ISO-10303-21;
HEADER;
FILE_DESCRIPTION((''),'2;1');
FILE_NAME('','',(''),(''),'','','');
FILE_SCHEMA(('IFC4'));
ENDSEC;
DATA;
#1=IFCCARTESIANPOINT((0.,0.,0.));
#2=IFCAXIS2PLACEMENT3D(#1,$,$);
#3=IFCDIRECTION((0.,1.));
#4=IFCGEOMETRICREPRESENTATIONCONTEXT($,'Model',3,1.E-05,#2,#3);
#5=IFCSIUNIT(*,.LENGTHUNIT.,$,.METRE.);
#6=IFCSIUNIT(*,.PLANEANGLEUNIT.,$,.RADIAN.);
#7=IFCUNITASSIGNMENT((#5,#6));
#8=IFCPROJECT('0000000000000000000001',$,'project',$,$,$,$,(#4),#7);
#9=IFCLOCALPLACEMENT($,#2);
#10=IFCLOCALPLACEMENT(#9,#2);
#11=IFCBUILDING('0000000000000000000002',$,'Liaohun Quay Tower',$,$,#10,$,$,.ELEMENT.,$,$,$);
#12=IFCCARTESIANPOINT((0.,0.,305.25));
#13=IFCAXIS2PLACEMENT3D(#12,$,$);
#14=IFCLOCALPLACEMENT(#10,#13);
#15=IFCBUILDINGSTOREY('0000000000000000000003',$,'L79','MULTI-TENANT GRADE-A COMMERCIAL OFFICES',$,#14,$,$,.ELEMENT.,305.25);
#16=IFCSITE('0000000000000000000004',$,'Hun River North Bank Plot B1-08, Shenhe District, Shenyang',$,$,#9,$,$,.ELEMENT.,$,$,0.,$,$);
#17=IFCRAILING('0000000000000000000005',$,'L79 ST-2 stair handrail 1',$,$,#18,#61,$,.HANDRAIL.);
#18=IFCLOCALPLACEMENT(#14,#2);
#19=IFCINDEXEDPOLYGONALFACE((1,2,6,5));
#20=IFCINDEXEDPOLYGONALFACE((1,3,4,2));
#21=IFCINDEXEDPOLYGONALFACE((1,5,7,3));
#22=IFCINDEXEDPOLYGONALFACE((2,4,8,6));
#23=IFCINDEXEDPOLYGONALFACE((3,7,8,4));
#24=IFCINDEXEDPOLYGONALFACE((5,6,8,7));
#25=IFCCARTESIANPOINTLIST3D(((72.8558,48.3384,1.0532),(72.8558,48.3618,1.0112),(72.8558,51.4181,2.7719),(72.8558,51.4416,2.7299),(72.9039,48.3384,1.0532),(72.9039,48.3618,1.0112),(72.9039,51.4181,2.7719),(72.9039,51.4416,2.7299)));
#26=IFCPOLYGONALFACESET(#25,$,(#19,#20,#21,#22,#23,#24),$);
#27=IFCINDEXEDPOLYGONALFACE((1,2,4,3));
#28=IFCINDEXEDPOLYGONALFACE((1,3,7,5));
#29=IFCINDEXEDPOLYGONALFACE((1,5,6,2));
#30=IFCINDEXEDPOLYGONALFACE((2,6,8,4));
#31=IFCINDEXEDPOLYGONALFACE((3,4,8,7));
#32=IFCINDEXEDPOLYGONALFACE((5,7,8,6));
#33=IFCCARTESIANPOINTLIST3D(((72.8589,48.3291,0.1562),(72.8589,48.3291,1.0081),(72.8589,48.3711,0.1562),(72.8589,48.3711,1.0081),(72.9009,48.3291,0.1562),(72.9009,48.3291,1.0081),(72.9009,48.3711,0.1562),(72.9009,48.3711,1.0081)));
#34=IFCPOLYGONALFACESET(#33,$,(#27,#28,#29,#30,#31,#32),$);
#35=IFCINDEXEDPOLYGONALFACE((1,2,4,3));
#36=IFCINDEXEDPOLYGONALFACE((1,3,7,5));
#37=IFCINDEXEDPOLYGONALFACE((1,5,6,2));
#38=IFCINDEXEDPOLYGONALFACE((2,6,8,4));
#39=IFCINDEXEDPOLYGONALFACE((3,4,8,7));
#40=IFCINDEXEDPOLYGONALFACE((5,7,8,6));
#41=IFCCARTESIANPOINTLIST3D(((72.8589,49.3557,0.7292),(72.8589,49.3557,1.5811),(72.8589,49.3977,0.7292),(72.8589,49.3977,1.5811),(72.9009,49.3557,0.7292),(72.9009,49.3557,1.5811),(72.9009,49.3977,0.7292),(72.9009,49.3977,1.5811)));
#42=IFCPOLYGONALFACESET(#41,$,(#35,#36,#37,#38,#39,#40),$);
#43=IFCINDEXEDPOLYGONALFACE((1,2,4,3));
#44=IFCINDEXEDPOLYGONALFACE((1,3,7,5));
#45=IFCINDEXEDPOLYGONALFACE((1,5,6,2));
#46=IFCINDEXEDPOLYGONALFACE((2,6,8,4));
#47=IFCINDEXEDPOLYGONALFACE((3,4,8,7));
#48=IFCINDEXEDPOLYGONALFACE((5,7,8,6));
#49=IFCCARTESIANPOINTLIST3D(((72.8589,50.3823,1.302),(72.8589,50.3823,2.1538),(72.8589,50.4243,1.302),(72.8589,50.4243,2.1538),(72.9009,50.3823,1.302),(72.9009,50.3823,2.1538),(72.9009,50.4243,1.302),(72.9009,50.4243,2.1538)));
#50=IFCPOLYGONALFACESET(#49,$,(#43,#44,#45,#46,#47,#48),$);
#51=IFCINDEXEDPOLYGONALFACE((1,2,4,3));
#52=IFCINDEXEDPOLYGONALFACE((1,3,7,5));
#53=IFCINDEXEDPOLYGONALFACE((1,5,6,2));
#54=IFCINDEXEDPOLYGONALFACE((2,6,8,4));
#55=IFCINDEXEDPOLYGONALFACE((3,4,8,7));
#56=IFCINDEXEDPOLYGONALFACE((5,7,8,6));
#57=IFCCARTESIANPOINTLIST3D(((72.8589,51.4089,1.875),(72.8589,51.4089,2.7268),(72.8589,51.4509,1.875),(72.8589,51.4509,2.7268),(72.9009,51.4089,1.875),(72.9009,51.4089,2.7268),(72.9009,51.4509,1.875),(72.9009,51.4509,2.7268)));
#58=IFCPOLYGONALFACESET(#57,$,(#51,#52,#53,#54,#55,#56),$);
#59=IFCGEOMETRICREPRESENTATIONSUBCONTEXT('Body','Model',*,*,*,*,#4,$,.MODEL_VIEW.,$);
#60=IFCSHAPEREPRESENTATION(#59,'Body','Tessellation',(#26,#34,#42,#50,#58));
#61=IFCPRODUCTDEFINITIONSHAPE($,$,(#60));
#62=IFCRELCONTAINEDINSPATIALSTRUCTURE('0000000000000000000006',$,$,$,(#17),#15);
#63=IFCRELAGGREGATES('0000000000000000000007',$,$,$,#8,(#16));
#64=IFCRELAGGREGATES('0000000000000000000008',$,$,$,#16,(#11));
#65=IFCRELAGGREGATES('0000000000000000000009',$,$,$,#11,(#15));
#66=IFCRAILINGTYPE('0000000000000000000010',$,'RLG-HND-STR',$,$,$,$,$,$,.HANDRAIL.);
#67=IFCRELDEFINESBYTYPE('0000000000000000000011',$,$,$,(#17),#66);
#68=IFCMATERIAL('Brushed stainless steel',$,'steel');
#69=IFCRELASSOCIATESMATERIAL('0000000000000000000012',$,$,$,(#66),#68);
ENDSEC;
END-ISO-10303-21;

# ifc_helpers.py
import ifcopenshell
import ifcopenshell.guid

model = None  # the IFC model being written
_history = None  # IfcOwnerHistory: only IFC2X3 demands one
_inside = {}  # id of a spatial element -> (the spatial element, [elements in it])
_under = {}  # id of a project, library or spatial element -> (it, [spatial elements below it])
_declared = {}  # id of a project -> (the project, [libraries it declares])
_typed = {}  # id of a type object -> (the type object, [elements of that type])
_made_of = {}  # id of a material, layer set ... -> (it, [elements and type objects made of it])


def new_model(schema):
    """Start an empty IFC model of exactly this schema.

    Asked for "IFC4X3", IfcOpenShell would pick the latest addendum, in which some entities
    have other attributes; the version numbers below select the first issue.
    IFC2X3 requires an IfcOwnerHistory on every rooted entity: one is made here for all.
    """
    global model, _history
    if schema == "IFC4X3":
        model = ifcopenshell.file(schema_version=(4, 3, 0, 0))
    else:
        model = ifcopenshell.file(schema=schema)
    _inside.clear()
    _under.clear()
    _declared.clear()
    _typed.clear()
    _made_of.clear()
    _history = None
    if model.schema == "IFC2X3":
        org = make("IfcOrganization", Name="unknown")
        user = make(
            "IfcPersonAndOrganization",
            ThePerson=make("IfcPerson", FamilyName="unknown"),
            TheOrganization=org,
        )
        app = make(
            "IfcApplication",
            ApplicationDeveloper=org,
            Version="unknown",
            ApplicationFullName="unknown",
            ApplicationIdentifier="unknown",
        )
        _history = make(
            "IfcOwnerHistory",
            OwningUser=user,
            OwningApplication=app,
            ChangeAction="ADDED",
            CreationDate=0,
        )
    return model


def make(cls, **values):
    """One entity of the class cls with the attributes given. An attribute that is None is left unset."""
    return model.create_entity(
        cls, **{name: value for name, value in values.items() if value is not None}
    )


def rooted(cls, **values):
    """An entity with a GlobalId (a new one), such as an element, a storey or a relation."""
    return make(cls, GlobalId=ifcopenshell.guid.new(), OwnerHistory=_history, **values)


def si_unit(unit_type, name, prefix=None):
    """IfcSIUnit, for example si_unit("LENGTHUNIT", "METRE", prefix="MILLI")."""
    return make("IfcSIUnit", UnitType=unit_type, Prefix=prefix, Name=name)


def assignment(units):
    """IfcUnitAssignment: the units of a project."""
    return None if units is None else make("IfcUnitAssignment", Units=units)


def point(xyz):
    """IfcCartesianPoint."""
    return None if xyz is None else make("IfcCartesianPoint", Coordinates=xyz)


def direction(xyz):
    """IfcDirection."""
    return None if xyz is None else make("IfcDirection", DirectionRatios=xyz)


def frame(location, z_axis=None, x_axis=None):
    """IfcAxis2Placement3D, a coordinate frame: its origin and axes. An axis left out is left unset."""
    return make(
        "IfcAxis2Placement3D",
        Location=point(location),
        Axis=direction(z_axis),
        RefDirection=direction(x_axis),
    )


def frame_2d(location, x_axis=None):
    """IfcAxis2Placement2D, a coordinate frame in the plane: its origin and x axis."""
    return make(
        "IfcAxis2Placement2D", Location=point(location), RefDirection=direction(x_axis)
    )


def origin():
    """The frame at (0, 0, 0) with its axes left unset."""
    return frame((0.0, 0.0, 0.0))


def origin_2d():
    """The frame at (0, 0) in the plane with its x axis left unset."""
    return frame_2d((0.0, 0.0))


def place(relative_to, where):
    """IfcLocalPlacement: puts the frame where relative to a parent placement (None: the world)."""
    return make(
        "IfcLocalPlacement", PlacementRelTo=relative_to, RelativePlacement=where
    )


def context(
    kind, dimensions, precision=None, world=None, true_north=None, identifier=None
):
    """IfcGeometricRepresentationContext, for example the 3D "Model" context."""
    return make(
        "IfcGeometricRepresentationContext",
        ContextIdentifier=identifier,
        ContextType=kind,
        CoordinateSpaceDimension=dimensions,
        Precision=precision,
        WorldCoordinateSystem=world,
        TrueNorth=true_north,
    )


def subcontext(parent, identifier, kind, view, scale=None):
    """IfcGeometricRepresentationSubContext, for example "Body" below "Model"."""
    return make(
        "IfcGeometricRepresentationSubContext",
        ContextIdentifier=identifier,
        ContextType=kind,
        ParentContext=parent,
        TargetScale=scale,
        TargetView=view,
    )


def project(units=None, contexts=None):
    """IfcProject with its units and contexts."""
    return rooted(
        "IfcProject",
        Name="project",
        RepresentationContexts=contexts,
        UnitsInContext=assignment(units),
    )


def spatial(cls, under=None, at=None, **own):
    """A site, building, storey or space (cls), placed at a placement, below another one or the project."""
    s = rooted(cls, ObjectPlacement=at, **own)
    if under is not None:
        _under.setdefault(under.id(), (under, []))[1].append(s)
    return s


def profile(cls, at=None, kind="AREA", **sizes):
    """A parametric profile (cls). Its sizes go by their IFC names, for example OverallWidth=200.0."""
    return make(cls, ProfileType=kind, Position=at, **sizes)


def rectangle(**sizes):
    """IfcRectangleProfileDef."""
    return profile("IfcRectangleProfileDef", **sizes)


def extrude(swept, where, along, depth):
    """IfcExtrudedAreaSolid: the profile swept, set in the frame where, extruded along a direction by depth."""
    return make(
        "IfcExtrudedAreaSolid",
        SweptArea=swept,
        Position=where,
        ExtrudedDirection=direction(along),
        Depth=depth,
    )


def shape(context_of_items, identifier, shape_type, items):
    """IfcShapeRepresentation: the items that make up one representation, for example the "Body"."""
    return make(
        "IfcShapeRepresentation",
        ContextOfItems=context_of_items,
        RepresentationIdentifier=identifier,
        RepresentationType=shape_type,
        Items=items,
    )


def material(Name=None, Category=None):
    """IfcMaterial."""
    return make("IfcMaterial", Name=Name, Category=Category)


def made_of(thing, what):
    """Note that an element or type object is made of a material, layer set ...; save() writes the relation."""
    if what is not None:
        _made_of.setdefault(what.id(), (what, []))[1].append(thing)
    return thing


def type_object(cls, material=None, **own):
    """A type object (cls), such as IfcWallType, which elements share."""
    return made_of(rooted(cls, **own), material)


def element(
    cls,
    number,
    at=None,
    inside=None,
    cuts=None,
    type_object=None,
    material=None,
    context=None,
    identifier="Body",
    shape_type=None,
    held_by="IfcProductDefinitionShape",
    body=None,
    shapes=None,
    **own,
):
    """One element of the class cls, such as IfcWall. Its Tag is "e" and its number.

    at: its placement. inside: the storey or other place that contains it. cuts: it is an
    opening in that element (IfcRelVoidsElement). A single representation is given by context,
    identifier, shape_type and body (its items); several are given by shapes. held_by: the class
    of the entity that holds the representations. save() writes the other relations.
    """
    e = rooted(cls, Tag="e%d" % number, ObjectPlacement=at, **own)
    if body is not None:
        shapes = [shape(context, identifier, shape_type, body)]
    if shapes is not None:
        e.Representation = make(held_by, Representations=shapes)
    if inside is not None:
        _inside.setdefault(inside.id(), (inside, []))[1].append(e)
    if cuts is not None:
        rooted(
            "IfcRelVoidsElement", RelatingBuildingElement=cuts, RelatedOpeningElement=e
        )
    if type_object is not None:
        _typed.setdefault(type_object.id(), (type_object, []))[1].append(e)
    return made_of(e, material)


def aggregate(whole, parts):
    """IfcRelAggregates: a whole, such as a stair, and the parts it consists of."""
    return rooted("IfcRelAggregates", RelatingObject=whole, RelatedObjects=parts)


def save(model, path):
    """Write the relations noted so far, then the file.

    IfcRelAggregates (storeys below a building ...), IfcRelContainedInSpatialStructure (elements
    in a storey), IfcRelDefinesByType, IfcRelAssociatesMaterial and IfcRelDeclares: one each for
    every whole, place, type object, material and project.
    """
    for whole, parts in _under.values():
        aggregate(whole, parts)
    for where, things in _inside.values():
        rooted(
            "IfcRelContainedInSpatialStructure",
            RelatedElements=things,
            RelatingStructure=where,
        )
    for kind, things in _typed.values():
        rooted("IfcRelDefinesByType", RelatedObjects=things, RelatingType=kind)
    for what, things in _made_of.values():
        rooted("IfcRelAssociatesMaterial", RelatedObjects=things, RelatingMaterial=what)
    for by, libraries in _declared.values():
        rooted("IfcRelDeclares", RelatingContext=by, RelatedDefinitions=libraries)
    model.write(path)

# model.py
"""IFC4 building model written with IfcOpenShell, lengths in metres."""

from ifc_helpers import new_model, si_unit, direction, frame, origin, origin_2d, place, context, subcontext, project, spatial, rectangle, extrude, material, type_object, element, save


model = new_model("IFC4")

# Units and contexts
model_context = context("Model", 3, precision=1e-05, world=origin(), true_north=direction((0.0, 1.0)))
body_context = subcontext(model_context, "Body", "Model", "MODEL_VIEW")
ifc_project = project(units=[si_unit("LENGTHUNIT", "METRE"), si_unit("PLANEANGLEUNIT", "RADIAN")], contexts=[model_context])

# Site, building, storey
site_placement = place(None, origin())
site = spatial("IfcSite", under=ifc_project, at=site_placement, Name="Hun River North Bank Plot B1-08, Shenhe District, Shenyang", CompositionType="ELEMENT", RefElevation=0.0)
building_placement = place(site_placement, origin())
building = spatial("IfcBuilding", under=site, at=building_placement, Name="Liaohun Quay Tower", CompositionType="ELEMENT")
storey_placement = place(building_placement, frame((0.0, 0.0, 305.25)))
storey = spatial("IfcBuildingStorey", under=building, at=storey_placement, Name="L79", Description="MULTI-TENANT GRADE-A COMMERCIAL OFFICES", CompositionType="ELEMENT", Elevation=305.25)

# Railing
ifc_material_1 = material(Name="Brushed stainless steel", Category="steel")
railing_type_1 = type_object("IfcRailingType", Name="RLG-HND-STR", PredefinedType="HANDRAIL", material=ifc_material_1)
railing_1_placement = place(storey_placement, frame((72.8799, 48.3501, 0.1562)))
element("IfcRailing", 1, at=railing_1_placement, inside=storey, type_object=railing_type_1, Name="L79 ST-2 stair handrail 1", PredefinedType="HANDRAIL", context=body_context, shape_type="SweptSolid", body=[
    extrude(rectangle(XDim=0.0481, YDim=0.0481, at=origin_2d()), frame((0.0, 0.0, 0.876), z_axis=(0.0, 0.873225, 0.487317), x_axis=(-1.0, 0.0, 0.0)), (0.0, 0.0, 1.0), 3.5269),
    extrude(rectangle(XDim=0.042, YDim=0.042, at=origin_2d()), origin(), (0.0, 0.0, 1.0), 0.8518),
    extrude(rectangle(XDim=0.042, YDim=0.042, at=origin_2d()), frame((0.0, 1.0266, 0.573)), (0.0, 0.0, 1.0), 0.8518),
    extrude(rectangle(XDim=0.042, YDim=0.042, at=origin_2d()), frame((0.0, 2.0532, 1.1458)), (0.0, 0.0, 1.0), 0.8518),
    extrude(rectangle(XDim=0.042, YDim=0.042, at=origin_2d()), frame((0.0, 3.0798, 1.7188)), (0.0, 0.0, 1.0), 0.8518),
])

save(model, "model.ifc")
